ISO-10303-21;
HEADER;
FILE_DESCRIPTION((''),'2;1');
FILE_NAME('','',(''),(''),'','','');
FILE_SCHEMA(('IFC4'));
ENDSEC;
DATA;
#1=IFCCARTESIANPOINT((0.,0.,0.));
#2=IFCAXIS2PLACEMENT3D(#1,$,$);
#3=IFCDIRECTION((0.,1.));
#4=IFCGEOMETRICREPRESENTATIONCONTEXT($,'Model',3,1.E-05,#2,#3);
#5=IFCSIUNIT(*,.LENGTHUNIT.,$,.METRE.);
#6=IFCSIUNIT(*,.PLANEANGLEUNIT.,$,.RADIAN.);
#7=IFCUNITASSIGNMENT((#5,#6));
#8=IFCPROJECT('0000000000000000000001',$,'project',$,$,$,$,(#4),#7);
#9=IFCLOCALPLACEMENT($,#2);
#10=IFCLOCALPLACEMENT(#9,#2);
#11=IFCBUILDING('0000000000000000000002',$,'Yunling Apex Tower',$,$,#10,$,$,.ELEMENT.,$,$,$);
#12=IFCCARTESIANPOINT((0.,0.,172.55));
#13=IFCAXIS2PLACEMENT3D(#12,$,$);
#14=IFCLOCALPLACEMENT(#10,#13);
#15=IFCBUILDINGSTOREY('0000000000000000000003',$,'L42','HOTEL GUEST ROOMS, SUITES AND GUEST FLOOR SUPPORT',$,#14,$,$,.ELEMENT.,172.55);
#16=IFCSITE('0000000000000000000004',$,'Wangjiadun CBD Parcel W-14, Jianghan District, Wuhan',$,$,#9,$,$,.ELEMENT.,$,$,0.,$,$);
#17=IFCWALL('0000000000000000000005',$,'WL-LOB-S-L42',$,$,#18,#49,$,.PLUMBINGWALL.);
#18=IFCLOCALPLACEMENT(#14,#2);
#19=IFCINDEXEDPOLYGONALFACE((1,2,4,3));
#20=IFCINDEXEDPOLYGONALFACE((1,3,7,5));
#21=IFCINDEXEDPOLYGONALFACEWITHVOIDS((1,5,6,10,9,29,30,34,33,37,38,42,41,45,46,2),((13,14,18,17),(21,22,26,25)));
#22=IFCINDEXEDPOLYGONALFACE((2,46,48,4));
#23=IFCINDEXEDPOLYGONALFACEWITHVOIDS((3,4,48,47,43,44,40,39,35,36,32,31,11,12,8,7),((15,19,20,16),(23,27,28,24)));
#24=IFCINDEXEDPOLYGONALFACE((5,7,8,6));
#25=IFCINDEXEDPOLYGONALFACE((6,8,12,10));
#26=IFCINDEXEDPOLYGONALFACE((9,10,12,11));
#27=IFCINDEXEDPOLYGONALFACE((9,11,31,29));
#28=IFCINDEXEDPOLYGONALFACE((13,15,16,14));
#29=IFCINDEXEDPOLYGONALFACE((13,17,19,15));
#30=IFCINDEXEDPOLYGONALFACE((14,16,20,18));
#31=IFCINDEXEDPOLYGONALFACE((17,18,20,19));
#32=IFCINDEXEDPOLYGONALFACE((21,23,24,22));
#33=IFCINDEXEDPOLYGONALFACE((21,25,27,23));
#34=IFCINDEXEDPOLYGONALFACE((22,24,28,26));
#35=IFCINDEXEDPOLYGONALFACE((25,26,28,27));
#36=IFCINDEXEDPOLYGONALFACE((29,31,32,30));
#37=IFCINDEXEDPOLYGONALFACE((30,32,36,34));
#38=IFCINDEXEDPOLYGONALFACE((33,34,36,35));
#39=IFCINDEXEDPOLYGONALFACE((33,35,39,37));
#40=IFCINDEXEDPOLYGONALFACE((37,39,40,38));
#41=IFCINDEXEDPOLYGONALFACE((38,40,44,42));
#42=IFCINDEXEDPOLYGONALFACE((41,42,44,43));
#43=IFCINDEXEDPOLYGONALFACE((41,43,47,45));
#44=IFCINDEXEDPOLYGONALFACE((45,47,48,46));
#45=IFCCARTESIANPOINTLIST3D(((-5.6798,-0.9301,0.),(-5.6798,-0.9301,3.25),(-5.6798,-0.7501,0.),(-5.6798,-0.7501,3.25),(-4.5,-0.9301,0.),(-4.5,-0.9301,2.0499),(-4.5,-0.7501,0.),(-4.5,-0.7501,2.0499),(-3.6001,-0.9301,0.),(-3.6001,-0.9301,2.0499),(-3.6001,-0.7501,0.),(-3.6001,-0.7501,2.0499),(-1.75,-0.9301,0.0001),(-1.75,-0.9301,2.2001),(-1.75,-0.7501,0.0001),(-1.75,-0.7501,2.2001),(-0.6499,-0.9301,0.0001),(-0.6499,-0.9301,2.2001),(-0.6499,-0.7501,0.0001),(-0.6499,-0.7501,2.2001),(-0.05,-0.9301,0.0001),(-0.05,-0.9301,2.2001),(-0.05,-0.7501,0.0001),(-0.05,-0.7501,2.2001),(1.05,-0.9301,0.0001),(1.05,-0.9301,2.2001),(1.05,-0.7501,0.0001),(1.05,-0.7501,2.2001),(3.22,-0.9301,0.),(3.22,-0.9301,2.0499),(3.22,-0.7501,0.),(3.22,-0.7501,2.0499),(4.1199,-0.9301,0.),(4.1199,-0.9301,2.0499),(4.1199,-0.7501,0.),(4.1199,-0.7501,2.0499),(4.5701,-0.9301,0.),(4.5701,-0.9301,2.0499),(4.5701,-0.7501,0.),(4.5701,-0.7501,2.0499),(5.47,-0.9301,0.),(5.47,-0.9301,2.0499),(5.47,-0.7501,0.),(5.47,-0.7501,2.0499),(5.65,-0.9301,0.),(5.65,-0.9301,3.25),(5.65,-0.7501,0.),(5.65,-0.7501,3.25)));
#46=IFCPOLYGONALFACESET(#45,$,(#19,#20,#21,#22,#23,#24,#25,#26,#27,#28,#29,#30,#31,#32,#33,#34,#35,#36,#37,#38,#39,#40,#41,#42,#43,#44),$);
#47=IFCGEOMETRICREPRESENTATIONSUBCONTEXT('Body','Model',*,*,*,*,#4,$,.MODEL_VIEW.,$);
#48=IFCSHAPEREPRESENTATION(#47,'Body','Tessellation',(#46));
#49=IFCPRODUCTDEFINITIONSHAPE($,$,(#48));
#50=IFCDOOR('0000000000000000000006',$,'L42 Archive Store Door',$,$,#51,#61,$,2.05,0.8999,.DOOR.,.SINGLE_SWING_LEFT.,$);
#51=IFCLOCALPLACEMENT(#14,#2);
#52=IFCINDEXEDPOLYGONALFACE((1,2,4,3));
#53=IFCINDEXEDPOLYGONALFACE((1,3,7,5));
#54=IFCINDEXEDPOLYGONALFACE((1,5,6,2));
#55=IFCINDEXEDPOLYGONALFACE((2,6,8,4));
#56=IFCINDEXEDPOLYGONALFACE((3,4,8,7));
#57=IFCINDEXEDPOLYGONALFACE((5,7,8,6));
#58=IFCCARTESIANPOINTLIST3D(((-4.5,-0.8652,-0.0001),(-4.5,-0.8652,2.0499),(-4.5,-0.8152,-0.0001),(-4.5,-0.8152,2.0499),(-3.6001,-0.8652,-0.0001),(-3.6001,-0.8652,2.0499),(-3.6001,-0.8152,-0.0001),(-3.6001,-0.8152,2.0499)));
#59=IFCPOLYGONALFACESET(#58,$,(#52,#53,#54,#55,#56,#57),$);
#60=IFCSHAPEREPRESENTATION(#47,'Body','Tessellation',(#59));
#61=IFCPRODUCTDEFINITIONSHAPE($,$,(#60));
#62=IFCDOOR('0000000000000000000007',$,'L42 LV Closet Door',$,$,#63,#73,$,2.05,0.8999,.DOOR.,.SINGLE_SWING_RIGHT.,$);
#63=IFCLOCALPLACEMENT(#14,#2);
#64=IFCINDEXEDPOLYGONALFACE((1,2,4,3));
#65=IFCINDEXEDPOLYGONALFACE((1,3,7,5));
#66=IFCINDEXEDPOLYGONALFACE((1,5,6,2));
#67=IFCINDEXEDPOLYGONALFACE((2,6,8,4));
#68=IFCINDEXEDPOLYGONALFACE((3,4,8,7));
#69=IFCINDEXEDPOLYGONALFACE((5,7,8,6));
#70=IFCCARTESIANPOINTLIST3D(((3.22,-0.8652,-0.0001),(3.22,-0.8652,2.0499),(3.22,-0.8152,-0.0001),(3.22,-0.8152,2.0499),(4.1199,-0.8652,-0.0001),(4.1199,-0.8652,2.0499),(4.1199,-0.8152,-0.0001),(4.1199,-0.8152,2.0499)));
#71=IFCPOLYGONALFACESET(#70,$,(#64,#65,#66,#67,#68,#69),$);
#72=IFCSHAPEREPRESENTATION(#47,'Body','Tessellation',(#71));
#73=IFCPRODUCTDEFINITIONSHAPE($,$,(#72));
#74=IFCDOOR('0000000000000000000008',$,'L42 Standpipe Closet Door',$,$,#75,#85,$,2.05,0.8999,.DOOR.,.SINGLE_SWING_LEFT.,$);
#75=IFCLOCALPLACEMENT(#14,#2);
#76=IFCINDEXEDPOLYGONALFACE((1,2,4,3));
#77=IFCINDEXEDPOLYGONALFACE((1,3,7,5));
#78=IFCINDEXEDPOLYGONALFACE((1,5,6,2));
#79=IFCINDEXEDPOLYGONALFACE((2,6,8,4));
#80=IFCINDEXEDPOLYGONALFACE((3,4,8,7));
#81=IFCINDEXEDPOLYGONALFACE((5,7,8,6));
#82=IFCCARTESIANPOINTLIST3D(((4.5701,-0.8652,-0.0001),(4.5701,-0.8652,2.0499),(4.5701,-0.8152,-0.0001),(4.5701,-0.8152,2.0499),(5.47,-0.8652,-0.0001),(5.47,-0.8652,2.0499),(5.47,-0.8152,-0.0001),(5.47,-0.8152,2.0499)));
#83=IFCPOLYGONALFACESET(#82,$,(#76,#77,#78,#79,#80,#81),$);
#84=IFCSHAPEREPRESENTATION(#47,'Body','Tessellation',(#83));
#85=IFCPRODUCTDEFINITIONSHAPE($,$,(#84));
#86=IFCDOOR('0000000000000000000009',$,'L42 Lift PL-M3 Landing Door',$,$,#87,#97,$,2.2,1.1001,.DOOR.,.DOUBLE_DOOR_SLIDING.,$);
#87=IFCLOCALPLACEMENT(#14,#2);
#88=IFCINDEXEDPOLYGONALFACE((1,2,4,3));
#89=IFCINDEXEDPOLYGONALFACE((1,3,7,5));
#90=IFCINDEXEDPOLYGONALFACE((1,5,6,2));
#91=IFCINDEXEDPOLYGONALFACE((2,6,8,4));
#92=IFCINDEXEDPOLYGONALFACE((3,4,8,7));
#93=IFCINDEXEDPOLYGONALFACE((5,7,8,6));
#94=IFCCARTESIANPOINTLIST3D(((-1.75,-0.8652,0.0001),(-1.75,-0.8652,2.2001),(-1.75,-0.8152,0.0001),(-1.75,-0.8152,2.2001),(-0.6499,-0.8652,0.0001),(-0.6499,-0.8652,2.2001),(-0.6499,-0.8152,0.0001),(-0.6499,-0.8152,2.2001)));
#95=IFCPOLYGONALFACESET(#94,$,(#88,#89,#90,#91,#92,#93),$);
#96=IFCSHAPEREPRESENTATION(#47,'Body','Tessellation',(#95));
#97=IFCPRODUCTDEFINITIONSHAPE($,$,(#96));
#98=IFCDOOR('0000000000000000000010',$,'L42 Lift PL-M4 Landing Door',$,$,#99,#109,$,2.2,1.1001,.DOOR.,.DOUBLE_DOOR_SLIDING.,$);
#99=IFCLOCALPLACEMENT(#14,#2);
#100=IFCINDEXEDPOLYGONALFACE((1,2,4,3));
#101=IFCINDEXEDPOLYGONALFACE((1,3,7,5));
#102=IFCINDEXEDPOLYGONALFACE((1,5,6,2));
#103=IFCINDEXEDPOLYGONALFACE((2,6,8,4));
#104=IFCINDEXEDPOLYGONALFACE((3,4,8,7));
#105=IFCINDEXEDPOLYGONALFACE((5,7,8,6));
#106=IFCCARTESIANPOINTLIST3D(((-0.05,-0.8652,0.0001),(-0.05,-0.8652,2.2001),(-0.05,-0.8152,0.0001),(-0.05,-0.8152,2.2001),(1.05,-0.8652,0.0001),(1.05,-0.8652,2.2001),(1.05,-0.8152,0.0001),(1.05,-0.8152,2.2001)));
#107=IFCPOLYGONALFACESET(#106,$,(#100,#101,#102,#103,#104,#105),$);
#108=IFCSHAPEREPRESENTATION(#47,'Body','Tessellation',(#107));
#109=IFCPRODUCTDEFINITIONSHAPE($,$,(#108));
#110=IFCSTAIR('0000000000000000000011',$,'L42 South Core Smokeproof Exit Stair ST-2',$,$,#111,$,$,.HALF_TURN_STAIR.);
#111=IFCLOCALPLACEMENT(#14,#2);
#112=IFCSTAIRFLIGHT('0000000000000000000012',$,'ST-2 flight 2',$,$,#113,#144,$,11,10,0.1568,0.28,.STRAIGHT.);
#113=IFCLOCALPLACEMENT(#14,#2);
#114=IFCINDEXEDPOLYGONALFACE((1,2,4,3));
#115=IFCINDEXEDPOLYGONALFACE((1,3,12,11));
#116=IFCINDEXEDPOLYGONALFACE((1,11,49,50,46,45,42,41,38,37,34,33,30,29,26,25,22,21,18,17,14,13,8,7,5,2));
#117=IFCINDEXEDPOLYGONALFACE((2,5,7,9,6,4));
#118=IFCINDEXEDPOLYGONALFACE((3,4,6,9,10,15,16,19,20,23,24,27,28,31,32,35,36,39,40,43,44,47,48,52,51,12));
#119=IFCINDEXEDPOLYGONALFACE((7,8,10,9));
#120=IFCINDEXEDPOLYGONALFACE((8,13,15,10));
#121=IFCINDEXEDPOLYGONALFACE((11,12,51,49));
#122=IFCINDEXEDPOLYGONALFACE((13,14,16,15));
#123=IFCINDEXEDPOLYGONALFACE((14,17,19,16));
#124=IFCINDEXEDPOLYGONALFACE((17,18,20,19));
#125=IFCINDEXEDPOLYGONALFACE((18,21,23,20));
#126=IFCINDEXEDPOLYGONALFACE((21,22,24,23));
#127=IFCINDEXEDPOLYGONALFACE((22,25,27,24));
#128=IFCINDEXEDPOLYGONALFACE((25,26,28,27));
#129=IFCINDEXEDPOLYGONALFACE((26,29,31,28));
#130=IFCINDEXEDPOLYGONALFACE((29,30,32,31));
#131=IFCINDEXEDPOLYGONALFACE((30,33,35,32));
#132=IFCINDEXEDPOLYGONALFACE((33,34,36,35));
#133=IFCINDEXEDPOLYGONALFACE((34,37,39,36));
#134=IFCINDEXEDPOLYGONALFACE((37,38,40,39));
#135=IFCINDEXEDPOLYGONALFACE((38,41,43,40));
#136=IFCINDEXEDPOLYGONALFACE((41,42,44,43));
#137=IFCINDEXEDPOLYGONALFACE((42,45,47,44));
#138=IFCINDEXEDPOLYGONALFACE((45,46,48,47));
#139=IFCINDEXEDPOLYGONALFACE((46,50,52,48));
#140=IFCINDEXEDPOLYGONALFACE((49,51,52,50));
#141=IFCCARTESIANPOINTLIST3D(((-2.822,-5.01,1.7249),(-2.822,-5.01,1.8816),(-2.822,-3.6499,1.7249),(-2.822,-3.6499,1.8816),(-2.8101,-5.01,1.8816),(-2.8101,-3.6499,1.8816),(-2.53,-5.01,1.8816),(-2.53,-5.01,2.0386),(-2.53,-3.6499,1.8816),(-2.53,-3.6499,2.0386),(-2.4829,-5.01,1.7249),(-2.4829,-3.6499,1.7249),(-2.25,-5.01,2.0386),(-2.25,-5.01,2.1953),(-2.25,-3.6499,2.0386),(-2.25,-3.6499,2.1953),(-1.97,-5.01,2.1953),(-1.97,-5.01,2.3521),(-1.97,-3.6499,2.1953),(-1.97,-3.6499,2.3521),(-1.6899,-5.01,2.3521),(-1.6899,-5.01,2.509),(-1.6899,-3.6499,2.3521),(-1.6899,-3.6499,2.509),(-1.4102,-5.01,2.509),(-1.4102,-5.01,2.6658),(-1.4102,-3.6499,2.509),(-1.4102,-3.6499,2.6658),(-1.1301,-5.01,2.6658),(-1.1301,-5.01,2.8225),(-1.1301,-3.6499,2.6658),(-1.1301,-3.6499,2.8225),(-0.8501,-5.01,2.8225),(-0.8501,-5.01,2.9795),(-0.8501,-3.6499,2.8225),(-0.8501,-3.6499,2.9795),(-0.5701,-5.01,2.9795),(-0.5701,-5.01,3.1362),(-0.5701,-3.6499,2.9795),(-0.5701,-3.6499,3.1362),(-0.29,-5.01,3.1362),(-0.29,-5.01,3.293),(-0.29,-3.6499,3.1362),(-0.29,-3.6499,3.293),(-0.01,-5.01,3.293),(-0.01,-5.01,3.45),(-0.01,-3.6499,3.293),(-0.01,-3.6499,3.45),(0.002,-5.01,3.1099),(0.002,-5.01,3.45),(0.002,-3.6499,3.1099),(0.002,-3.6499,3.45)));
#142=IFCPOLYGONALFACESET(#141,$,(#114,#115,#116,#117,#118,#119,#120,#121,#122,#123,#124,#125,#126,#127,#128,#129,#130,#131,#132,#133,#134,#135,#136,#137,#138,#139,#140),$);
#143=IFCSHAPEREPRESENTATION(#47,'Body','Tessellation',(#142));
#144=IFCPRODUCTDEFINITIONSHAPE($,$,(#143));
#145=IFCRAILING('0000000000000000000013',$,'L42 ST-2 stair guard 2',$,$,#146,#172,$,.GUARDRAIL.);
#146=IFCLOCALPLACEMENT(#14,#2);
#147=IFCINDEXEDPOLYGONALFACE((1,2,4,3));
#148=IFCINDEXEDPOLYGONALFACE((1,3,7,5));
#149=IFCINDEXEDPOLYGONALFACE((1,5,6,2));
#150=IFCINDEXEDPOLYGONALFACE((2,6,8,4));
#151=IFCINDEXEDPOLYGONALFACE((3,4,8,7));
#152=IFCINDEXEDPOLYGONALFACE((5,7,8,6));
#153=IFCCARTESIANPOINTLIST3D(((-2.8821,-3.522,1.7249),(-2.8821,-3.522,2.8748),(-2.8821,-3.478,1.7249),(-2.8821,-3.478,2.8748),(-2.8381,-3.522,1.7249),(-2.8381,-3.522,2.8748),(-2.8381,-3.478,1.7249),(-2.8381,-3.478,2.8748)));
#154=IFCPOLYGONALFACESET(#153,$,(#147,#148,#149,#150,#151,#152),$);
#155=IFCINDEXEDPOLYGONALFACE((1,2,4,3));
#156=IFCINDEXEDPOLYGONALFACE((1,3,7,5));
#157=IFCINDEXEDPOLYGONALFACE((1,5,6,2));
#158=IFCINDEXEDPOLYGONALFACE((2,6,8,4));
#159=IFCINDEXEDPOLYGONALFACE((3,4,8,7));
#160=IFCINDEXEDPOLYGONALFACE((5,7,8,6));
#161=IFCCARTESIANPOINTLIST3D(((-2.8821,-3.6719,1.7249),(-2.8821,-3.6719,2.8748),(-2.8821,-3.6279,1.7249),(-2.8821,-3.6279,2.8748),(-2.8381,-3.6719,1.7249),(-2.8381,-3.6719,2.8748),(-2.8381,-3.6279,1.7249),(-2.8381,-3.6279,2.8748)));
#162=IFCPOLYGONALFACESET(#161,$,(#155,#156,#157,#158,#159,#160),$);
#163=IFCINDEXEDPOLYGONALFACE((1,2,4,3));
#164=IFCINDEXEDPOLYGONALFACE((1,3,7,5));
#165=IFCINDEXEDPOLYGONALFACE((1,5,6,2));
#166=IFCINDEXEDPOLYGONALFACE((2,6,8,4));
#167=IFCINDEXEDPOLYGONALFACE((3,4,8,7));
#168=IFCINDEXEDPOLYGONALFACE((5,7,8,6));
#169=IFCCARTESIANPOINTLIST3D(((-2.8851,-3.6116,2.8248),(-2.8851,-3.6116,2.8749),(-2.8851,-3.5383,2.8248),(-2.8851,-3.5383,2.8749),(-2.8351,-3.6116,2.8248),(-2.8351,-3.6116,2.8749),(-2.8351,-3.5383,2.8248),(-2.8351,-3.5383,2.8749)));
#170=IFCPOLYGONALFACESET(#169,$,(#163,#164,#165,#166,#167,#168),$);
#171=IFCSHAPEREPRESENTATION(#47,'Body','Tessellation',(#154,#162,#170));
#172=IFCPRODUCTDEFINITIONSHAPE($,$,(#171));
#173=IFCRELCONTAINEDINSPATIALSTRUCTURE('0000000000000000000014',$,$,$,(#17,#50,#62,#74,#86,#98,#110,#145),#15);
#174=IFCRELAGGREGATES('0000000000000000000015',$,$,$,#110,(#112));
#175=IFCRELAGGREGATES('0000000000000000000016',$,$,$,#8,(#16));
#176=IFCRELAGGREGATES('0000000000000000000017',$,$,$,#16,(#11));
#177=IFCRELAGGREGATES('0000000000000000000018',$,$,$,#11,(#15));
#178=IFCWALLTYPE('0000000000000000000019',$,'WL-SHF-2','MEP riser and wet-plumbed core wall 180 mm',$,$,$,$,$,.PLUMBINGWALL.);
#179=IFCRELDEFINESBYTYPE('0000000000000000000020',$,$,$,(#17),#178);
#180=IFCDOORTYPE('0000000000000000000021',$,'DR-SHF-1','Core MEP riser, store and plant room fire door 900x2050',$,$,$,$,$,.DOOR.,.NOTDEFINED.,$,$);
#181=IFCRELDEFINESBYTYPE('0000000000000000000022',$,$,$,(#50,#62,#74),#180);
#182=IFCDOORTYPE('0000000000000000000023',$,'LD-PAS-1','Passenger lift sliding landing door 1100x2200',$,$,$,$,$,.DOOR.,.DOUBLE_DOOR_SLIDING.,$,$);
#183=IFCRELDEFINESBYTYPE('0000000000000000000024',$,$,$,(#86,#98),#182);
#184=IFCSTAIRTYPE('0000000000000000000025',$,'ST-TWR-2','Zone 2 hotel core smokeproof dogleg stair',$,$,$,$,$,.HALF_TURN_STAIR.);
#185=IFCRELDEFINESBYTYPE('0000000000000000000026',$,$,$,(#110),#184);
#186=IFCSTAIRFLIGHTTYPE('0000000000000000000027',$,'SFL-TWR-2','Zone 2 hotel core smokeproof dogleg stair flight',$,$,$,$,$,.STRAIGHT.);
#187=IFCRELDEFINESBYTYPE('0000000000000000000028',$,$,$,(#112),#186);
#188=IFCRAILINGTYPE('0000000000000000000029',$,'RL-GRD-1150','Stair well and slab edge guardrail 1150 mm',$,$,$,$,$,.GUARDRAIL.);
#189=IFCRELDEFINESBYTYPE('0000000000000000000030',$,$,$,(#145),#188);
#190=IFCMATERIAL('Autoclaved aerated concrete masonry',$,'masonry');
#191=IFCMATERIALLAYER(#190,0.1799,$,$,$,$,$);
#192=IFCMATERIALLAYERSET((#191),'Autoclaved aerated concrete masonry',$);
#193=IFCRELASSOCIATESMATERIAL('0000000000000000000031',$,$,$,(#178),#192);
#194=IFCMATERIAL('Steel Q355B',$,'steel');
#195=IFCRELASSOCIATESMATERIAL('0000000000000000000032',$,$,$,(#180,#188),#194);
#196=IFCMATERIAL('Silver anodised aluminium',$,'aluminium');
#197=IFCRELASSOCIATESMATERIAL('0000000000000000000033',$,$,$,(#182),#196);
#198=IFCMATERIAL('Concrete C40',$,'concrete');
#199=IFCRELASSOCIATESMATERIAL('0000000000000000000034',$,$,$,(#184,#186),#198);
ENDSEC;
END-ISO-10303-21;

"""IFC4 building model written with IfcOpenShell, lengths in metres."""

from ifc_helpers import new_model, si_unit, direction, frame, frame_2d, origin, origin_2d, place, context, subcontext, project, spatial, polyline, rectangle, outline, extrude, material, layer, layer_set, type_object, element, fill, aggregate, save


model = new_model("IFC4")

# Units and contexts
model_context = context("Model", 3, precision=1e-05, world=origin(), true_north=direction((0.0, 1.0)))
body_context = subcontext(model_context, "Body", "Model", "MODEL_VIEW")
ifc_project = project(units=[si_unit("LENGTHUNIT", "METRE"), si_unit("PLANEANGLEUNIT", "RADIAN")], contexts=[model_context])

# Site, building, storey
site_placement = place(None, origin())
site = spatial("IfcSite", under=ifc_project, at=site_placement, Name="Wangjiadun CBD Parcel W-14, Jianghan District, Wuhan", CompositionType="ELEMENT", RefElevation=0.0)
building_placement = place(site_placement, origin())
building = spatial("IfcBuilding", under=site, at=building_placement, Name="Yunling Apex Tower", CompositionType="ELEMENT")
storey_placement = place(building_placement, frame((0.0, 0.0, 172.55)))
storey = spatial("IfcBuildingStorey", under=building, at=storey_placement, Name="L42", Description="HOTEL GUEST ROOMS, SUITES AND GUEST FLOOR SUPPORT", CompositionType="ELEMENT", Elevation=172.55)

# Shared definitions
ifc_material_1 = material(Name="Steel Q355B", Category="steel")

# Shared definitions
ifc_material_2 = material(Name="Concrete C40", Category="concrete")

# Shared definitions
ifc_material_3 = material(Name="Autoclaved aerated concrete masonry", Category="masonry")

# Wall, openings, doors
ifc_layer_1 = layer(ifc_material_3, 0.1799)
ifc_layer_set_1 = layer_set([ifc_layer_1], Name="Autoclaved aerated concrete masonry")
wall_type_1 = type_object("IfcWallType", Name="WL-SHF-2", Description="MEP riser and wet-plumbed core wall 180 mm", PredefinedType="PLUMBINGWALL", material=ifc_layer_set_1)
door_type_1 = type_object("IfcDoorType", Name="DR-SHF-1", Description="Core MEP riser, store and plant room fire door 900x2050", OperationType="NOTDEFINED", PredefinedType="DOOR", material=ifc_material_1)
ifc_material_4 = material(Name="Silver anodised aluminium", Category="aluminium")
door_type_2 = type_object("IfcDoorType", Name="LD-PAS-1", Description="Passenger lift sliding landing door 1100x2200", OperationType="DOUBLE_DOOR_SLIDING", PredefinedType="DOOR", material=ifc_material_4)
wall_1_placement = place(storey_placement, frame((-5.6799, -0.8401, 0.0), z_axis=(0.0, 0.0, 1.0), x_axis=(1.0, 0.0, 0.0)))
wall_1 = element("IfcWall", 1, at=wall_1_placement, inside=storey, type_object=wall_type_1, Name="WL-LOB-S-L42", PredefinedType="PLUMBINGWALL", context=body_context, shape_type="SweptSolid", body=[
    extrude(rectangle(XDim=11.3298, YDim=0.1799, at=frame_2d((5.665, 0.0))), origin(), (0.0, 0.0, 1.0), 3.25),
])
opening_1_placement = place(wall_1_placement, frame((1.1799, 0.0, 0.0)))
opening_1 = element("IfcOpeningElement", 2, at=opening_1_placement, cuts=wall_1, PredefinedType="OPENING", context=body_context, shape_type="SweptSolid", body=[
    extrude(rectangle(XDim=0.8999, YDim=2.05, at=frame_2d((0.45, 1.0249))), frame((0.0, 0.1001, 0.0), z_axis=(0.0, -1.0, 0.0), x_axis=(1.0, 0.0, 0.0)), (0.0, 0.0, 1.0), 0.2),
])
opening_2_placement = place(wall_1_placement, frame((3.9299, 0.0, 0.0)))
opening_2 = element("IfcOpeningElement", 3, at=opening_2_placement, cuts=wall_1, PredefinedType="OPENING", context=body_context, shape_type="SweptSolid", body=[
    extrude(rectangle(XDim=1.1001, YDim=2.2, at=frame_2d((0.55, 1.1001))), frame((0.0, 0.1001, 0.0), z_axis=(0.0, -1.0, 0.0), x_axis=(1.0, 0.0, 0.0)), (0.0, 0.0, 1.0), 0.2),
])
opening_3_placement = place(wall_1_placement, frame((5.6299, 0.0, 0.0)))
opening_3 = element("IfcOpeningElement", 4, at=opening_3_placement, cuts=wall_1, PredefinedType="OPENING", context=body_context, shape_type="SweptSolid", body=[
    extrude(rectangle(XDim=1.1001, YDim=2.2, at=frame_2d((0.55, 1.1001))), frame((0.0, 0.1001, 0.0), z_axis=(0.0, -1.0, 0.0), x_axis=(1.0, 0.0, 0.0)), (0.0, 0.0, 1.0), 0.2),
])
opening_4_placement = place(wall_1_placement, frame((8.8999, 0.0, 0.0)))
opening_4 = element("IfcOpeningElement", 5, at=opening_4_placement, cuts=wall_1, PredefinedType="OPENING", context=body_context, shape_type="SweptSolid", body=[
    extrude(rectangle(XDim=0.8999, YDim=2.05, at=frame_2d((0.45, 1.0249))), frame((0.0, 0.1001, 0.0), z_axis=(0.0, -1.0, 0.0), x_axis=(1.0, 0.0, 0.0)), (0.0, 0.0, 1.0), 0.2),
])
opening_5_placement = place(wall_1_placement, frame((10.25, 0.0, 0.0)))
opening_5 = element("IfcOpeningElement", 6, at=opening_5_placement, cuts=wall_1, PredefinedType="OPENING", context=body_context, shape_type="SweptSolid", body=[
    extrude(rectangle(XDim=0.8999, YDim=2.05, at=frame_2d((0.45, 1.0249))), frame((0.0, 0.1001, 0.0), z_axis=(0.0, -1.0, 0.0), x_axis=(1.0, 0.0, 0.0)), (0.0, 0.0, 1.0), 0.2),
])
door_1_placement = place(opening_1_placement, origin())
door_1 = element("IfcDoor", 7, at=door_1_placement, inside=storey, type_object=door_type_1, Name="L42 Archive Store Door", OperationType="SINGLE_SWING_LEFT", OverallHeight=2.05, OverallWidth=0.8999, PredefinedType="DOOR", context=body_context, shape_type="SweptSolid", body=[
    extrude(rectangle(XDim=0.8999, YDim=2.05, at=frame_2d((0.45, 1.0249))), frame((0.0, 0.0249, 0.0), z_axis=(0.0, -1.0, 0.0), x_axis=(1.0, 0.0, 0.0)), (0.0, 0.0, 1.0), 0.05),
])
fill(opening_1, door_1)
door_2_placement = place(opening_4_placement, origin())
door_2 = element("IfcDoor", 8, at=door_2_placement, inside=storey, type_object=door_type_1, Name="L42 LV Closet Door", OperationType="SINGLE_SWING_RIGHT", OverallHeight=2.05, OverallWidth=0.8999, PredefinedType="DOOR", context=body_context, shape_type="SweptSolid", body=[
    extrude(rectangle(XDim=0.8999, YDim=2.05, at=frame_2d((0.45, 1.0249))), frame((0.0, 0.0249, 0.0), z_axis=(0.0, -1.0, 0.0), x_axis=(1.0, 0.0, 0.0)), (0.0, 0.0, 1.0), 0.05),
])
fill(opening_4, door_2)
door_3_placement = place(opening_5_placement, origin())
door_3 = element("IfcDoor", 9, at=door_3_placement, inside=storey, type_object=door_type_1, Name="L42 Standpipe Closet Door", OperationType="SINGLE_SWING_LEFT", OverallHeight=2.05, OverallWidth=0.8999, PredefinedType="DOOR", context=body_context, shape_type="SweptSolid", body=[
    extrude(rectangle(XDim=0.8999, YDim=2.05, at=frame_2d((0.45, 1.0249))), frame((0.0, 0.0249, 0.0), z_axis=(0.0, -1.0, 0.0), x_axis=(1.0, 0.0, 0.0)), (0.0, 0.0, 1.0), 0.05),
])
fill(opening_5, door_3)
door_4_placement = place(opening_2_placement, origin())
door_4 = element("IfcDoor", 10, at=door_4_placement, inside=storey, type_object=door_type_2, Name="L42 Lift PL-M3 Landing Door", OperationType="DOUBLE_DOOR_SLIDING", OverallHeight=2.2, OverallWidth=1.1001, PredefinedType="DOOR", context=body_context, shape_type="SweptSolid", body=[
    extrude(rectangle(XDim=1.1001, YDim=2.2, at=frame_2d((0.55, 1.1001))), frame((0.0, 0.0249, 0.0), z_axis=(0.0, -1.0, 0.0), x_axis=(1.0, 0.0, 0.0)), (0.0, 0.0, 1.0), 0.05),
])
fill(opening_2, door_4)
door_5_placement = place(opening_3_placement, origin())
door_5 = element("IfcDoor", 11, at=door_5_placement, inside=storey, type_object=door_type_2, Name="L42 Lift PL-M4 Landing Door", OperationType="DOUBLE_DOOR_SLIDING", OverallHeight=2.2, OverallWidth=1.1001, PredefinedType="DOOR", context=body_context, shape_type="SweptSolid", body=[
    extrude(rectangle(XDim=1.1001, YDim=2.2, at=frame_2d((0.55, 1.1001))), frame((0.0, 0.0249, 0.0), z_axis=(0.0, -1.0, 0.0), x_axis=(1.0, 0.0, 0.0)), (0.0, 0.0, 1.0), 0.05),
])
fill(opening_3, door_5)

# Stair, stair flight
stair_type = type_object("IfcStairType", Name="ST-TWR-2", Description="Zone 2 hotel core smokeproof dogleg stair", PredefinedType="HALF_TURN_STAIR", material=ifc_material_2)
stair_placement = place(storey_placement, origin())
stair = element("IfcStair", 12, at=stair_placement, inside=storey, type_object=stair_type, Name="L42 South Core Smokeproof Exit Stair ST-2", PredefinedType="HALF_TURN_STAIR")
stair_flight_type = type_object("IfcStairFlightType", Name="SFL-TWR-2", Description="Zone 2 hotel core smokeproof dogleg stair flight", PredefinedType="STRAIGHT", material=ifc_material_2)
stair_flight_placement = place(storey_placement, frame((-2.8101, -4.3301, 1.7249), z_axis=(0.0, 0.0, 1.0), x_axis=(1.0, 0.0, 0.0)))
stair_flight = element("IfcStairFlight", 13, at=stair_flight_placement, type_object=stair_flight_type, Name="ST-2 flight 2", NumberOfRisers=11, NumberOfTreads=10, PredefinedType="STRAIGHT", RiserHeight=0.1568, TreadLength=0.28, context=body_context, shape_type="SweptSolid", body=[
    extrude(outline(polyline([(-0.012, 0.0), (-0.012, 0.1567), (0.0, 0.1567), (0.28, 0.1567), (0.28, 0.3137), (0.5601, 0.3137), (0.5601, 0.4705), (0.8401, 0.4705), (0.8401, 0.6272), (1.1201, 0.6272), (1.1201, 0.7842), (1.3999, 0.7842), (1.3999, 0.9409), (1.6799, 0.9409), (1.6799, 1.0977), (1.96, 1.0977), (1.96, 1.2546), (2.24, 1.2546), (2.24, 1.4114), (2.52, 1.4114), (2.52, 1.5681), (2.8, 1.5681), (2.8, 1.7251), (2.812, 1.7251), (2.812, 1.385), (0.3271, 0.0), (-0.012, 0.0)])), frame((0.0, 0.6802, 0.0), z_axis=(0.0, -1.0, 0.0), x_axis=(1.0, 0.0, 0.0)), (0.0, 0.0, 1.0), 1.3601),
])
aggregate(stair, [stair_flight])

# Railing
railing_type_1 = type_object("IfcRailingType", Name="RL-GRD-1150", Description="Stair well and slab edge guardrail 1150 mm", PredefinedType="GUARDRAIL", material=ifc_material_1)
railing_1_placement = place(storey_placement, frame((-2.8601, -3.5, 1.7249)))
element("IfcRailing", 14, at=railing_1_placement, inside=storey, type_object=railing_type_1, Name="L42 ST-2 stair guard 2", PredefinedType="GUARDRAIL", context=body_context, shape_type="SweptSolid", body=[
    extrude(rectangle(XDim=0.0439, YDim=0.0439, at=origin_2d()), origin(), (0.0, 0.0, 1.0), 1.1499),
    extrude(rectangle(XDim=0.0439, YDim=0.0439, at=origin_2d()), frame((0.0, -0.1499, 0.0)), (0.0, 0.0, 1.0), 1.1499),
    extrude(rectangle(XDim=0.05, YDim=0.05, at=origin_2d()), frame((0.0, -0.0383, 1.125), z_axis=(0.0, -1.0, 0.0), x_axis=(1.0, 0.0, 0.0)), (0.0, 0.0, 1.0), 0.0732),
])

save(model, "model.ifc")
